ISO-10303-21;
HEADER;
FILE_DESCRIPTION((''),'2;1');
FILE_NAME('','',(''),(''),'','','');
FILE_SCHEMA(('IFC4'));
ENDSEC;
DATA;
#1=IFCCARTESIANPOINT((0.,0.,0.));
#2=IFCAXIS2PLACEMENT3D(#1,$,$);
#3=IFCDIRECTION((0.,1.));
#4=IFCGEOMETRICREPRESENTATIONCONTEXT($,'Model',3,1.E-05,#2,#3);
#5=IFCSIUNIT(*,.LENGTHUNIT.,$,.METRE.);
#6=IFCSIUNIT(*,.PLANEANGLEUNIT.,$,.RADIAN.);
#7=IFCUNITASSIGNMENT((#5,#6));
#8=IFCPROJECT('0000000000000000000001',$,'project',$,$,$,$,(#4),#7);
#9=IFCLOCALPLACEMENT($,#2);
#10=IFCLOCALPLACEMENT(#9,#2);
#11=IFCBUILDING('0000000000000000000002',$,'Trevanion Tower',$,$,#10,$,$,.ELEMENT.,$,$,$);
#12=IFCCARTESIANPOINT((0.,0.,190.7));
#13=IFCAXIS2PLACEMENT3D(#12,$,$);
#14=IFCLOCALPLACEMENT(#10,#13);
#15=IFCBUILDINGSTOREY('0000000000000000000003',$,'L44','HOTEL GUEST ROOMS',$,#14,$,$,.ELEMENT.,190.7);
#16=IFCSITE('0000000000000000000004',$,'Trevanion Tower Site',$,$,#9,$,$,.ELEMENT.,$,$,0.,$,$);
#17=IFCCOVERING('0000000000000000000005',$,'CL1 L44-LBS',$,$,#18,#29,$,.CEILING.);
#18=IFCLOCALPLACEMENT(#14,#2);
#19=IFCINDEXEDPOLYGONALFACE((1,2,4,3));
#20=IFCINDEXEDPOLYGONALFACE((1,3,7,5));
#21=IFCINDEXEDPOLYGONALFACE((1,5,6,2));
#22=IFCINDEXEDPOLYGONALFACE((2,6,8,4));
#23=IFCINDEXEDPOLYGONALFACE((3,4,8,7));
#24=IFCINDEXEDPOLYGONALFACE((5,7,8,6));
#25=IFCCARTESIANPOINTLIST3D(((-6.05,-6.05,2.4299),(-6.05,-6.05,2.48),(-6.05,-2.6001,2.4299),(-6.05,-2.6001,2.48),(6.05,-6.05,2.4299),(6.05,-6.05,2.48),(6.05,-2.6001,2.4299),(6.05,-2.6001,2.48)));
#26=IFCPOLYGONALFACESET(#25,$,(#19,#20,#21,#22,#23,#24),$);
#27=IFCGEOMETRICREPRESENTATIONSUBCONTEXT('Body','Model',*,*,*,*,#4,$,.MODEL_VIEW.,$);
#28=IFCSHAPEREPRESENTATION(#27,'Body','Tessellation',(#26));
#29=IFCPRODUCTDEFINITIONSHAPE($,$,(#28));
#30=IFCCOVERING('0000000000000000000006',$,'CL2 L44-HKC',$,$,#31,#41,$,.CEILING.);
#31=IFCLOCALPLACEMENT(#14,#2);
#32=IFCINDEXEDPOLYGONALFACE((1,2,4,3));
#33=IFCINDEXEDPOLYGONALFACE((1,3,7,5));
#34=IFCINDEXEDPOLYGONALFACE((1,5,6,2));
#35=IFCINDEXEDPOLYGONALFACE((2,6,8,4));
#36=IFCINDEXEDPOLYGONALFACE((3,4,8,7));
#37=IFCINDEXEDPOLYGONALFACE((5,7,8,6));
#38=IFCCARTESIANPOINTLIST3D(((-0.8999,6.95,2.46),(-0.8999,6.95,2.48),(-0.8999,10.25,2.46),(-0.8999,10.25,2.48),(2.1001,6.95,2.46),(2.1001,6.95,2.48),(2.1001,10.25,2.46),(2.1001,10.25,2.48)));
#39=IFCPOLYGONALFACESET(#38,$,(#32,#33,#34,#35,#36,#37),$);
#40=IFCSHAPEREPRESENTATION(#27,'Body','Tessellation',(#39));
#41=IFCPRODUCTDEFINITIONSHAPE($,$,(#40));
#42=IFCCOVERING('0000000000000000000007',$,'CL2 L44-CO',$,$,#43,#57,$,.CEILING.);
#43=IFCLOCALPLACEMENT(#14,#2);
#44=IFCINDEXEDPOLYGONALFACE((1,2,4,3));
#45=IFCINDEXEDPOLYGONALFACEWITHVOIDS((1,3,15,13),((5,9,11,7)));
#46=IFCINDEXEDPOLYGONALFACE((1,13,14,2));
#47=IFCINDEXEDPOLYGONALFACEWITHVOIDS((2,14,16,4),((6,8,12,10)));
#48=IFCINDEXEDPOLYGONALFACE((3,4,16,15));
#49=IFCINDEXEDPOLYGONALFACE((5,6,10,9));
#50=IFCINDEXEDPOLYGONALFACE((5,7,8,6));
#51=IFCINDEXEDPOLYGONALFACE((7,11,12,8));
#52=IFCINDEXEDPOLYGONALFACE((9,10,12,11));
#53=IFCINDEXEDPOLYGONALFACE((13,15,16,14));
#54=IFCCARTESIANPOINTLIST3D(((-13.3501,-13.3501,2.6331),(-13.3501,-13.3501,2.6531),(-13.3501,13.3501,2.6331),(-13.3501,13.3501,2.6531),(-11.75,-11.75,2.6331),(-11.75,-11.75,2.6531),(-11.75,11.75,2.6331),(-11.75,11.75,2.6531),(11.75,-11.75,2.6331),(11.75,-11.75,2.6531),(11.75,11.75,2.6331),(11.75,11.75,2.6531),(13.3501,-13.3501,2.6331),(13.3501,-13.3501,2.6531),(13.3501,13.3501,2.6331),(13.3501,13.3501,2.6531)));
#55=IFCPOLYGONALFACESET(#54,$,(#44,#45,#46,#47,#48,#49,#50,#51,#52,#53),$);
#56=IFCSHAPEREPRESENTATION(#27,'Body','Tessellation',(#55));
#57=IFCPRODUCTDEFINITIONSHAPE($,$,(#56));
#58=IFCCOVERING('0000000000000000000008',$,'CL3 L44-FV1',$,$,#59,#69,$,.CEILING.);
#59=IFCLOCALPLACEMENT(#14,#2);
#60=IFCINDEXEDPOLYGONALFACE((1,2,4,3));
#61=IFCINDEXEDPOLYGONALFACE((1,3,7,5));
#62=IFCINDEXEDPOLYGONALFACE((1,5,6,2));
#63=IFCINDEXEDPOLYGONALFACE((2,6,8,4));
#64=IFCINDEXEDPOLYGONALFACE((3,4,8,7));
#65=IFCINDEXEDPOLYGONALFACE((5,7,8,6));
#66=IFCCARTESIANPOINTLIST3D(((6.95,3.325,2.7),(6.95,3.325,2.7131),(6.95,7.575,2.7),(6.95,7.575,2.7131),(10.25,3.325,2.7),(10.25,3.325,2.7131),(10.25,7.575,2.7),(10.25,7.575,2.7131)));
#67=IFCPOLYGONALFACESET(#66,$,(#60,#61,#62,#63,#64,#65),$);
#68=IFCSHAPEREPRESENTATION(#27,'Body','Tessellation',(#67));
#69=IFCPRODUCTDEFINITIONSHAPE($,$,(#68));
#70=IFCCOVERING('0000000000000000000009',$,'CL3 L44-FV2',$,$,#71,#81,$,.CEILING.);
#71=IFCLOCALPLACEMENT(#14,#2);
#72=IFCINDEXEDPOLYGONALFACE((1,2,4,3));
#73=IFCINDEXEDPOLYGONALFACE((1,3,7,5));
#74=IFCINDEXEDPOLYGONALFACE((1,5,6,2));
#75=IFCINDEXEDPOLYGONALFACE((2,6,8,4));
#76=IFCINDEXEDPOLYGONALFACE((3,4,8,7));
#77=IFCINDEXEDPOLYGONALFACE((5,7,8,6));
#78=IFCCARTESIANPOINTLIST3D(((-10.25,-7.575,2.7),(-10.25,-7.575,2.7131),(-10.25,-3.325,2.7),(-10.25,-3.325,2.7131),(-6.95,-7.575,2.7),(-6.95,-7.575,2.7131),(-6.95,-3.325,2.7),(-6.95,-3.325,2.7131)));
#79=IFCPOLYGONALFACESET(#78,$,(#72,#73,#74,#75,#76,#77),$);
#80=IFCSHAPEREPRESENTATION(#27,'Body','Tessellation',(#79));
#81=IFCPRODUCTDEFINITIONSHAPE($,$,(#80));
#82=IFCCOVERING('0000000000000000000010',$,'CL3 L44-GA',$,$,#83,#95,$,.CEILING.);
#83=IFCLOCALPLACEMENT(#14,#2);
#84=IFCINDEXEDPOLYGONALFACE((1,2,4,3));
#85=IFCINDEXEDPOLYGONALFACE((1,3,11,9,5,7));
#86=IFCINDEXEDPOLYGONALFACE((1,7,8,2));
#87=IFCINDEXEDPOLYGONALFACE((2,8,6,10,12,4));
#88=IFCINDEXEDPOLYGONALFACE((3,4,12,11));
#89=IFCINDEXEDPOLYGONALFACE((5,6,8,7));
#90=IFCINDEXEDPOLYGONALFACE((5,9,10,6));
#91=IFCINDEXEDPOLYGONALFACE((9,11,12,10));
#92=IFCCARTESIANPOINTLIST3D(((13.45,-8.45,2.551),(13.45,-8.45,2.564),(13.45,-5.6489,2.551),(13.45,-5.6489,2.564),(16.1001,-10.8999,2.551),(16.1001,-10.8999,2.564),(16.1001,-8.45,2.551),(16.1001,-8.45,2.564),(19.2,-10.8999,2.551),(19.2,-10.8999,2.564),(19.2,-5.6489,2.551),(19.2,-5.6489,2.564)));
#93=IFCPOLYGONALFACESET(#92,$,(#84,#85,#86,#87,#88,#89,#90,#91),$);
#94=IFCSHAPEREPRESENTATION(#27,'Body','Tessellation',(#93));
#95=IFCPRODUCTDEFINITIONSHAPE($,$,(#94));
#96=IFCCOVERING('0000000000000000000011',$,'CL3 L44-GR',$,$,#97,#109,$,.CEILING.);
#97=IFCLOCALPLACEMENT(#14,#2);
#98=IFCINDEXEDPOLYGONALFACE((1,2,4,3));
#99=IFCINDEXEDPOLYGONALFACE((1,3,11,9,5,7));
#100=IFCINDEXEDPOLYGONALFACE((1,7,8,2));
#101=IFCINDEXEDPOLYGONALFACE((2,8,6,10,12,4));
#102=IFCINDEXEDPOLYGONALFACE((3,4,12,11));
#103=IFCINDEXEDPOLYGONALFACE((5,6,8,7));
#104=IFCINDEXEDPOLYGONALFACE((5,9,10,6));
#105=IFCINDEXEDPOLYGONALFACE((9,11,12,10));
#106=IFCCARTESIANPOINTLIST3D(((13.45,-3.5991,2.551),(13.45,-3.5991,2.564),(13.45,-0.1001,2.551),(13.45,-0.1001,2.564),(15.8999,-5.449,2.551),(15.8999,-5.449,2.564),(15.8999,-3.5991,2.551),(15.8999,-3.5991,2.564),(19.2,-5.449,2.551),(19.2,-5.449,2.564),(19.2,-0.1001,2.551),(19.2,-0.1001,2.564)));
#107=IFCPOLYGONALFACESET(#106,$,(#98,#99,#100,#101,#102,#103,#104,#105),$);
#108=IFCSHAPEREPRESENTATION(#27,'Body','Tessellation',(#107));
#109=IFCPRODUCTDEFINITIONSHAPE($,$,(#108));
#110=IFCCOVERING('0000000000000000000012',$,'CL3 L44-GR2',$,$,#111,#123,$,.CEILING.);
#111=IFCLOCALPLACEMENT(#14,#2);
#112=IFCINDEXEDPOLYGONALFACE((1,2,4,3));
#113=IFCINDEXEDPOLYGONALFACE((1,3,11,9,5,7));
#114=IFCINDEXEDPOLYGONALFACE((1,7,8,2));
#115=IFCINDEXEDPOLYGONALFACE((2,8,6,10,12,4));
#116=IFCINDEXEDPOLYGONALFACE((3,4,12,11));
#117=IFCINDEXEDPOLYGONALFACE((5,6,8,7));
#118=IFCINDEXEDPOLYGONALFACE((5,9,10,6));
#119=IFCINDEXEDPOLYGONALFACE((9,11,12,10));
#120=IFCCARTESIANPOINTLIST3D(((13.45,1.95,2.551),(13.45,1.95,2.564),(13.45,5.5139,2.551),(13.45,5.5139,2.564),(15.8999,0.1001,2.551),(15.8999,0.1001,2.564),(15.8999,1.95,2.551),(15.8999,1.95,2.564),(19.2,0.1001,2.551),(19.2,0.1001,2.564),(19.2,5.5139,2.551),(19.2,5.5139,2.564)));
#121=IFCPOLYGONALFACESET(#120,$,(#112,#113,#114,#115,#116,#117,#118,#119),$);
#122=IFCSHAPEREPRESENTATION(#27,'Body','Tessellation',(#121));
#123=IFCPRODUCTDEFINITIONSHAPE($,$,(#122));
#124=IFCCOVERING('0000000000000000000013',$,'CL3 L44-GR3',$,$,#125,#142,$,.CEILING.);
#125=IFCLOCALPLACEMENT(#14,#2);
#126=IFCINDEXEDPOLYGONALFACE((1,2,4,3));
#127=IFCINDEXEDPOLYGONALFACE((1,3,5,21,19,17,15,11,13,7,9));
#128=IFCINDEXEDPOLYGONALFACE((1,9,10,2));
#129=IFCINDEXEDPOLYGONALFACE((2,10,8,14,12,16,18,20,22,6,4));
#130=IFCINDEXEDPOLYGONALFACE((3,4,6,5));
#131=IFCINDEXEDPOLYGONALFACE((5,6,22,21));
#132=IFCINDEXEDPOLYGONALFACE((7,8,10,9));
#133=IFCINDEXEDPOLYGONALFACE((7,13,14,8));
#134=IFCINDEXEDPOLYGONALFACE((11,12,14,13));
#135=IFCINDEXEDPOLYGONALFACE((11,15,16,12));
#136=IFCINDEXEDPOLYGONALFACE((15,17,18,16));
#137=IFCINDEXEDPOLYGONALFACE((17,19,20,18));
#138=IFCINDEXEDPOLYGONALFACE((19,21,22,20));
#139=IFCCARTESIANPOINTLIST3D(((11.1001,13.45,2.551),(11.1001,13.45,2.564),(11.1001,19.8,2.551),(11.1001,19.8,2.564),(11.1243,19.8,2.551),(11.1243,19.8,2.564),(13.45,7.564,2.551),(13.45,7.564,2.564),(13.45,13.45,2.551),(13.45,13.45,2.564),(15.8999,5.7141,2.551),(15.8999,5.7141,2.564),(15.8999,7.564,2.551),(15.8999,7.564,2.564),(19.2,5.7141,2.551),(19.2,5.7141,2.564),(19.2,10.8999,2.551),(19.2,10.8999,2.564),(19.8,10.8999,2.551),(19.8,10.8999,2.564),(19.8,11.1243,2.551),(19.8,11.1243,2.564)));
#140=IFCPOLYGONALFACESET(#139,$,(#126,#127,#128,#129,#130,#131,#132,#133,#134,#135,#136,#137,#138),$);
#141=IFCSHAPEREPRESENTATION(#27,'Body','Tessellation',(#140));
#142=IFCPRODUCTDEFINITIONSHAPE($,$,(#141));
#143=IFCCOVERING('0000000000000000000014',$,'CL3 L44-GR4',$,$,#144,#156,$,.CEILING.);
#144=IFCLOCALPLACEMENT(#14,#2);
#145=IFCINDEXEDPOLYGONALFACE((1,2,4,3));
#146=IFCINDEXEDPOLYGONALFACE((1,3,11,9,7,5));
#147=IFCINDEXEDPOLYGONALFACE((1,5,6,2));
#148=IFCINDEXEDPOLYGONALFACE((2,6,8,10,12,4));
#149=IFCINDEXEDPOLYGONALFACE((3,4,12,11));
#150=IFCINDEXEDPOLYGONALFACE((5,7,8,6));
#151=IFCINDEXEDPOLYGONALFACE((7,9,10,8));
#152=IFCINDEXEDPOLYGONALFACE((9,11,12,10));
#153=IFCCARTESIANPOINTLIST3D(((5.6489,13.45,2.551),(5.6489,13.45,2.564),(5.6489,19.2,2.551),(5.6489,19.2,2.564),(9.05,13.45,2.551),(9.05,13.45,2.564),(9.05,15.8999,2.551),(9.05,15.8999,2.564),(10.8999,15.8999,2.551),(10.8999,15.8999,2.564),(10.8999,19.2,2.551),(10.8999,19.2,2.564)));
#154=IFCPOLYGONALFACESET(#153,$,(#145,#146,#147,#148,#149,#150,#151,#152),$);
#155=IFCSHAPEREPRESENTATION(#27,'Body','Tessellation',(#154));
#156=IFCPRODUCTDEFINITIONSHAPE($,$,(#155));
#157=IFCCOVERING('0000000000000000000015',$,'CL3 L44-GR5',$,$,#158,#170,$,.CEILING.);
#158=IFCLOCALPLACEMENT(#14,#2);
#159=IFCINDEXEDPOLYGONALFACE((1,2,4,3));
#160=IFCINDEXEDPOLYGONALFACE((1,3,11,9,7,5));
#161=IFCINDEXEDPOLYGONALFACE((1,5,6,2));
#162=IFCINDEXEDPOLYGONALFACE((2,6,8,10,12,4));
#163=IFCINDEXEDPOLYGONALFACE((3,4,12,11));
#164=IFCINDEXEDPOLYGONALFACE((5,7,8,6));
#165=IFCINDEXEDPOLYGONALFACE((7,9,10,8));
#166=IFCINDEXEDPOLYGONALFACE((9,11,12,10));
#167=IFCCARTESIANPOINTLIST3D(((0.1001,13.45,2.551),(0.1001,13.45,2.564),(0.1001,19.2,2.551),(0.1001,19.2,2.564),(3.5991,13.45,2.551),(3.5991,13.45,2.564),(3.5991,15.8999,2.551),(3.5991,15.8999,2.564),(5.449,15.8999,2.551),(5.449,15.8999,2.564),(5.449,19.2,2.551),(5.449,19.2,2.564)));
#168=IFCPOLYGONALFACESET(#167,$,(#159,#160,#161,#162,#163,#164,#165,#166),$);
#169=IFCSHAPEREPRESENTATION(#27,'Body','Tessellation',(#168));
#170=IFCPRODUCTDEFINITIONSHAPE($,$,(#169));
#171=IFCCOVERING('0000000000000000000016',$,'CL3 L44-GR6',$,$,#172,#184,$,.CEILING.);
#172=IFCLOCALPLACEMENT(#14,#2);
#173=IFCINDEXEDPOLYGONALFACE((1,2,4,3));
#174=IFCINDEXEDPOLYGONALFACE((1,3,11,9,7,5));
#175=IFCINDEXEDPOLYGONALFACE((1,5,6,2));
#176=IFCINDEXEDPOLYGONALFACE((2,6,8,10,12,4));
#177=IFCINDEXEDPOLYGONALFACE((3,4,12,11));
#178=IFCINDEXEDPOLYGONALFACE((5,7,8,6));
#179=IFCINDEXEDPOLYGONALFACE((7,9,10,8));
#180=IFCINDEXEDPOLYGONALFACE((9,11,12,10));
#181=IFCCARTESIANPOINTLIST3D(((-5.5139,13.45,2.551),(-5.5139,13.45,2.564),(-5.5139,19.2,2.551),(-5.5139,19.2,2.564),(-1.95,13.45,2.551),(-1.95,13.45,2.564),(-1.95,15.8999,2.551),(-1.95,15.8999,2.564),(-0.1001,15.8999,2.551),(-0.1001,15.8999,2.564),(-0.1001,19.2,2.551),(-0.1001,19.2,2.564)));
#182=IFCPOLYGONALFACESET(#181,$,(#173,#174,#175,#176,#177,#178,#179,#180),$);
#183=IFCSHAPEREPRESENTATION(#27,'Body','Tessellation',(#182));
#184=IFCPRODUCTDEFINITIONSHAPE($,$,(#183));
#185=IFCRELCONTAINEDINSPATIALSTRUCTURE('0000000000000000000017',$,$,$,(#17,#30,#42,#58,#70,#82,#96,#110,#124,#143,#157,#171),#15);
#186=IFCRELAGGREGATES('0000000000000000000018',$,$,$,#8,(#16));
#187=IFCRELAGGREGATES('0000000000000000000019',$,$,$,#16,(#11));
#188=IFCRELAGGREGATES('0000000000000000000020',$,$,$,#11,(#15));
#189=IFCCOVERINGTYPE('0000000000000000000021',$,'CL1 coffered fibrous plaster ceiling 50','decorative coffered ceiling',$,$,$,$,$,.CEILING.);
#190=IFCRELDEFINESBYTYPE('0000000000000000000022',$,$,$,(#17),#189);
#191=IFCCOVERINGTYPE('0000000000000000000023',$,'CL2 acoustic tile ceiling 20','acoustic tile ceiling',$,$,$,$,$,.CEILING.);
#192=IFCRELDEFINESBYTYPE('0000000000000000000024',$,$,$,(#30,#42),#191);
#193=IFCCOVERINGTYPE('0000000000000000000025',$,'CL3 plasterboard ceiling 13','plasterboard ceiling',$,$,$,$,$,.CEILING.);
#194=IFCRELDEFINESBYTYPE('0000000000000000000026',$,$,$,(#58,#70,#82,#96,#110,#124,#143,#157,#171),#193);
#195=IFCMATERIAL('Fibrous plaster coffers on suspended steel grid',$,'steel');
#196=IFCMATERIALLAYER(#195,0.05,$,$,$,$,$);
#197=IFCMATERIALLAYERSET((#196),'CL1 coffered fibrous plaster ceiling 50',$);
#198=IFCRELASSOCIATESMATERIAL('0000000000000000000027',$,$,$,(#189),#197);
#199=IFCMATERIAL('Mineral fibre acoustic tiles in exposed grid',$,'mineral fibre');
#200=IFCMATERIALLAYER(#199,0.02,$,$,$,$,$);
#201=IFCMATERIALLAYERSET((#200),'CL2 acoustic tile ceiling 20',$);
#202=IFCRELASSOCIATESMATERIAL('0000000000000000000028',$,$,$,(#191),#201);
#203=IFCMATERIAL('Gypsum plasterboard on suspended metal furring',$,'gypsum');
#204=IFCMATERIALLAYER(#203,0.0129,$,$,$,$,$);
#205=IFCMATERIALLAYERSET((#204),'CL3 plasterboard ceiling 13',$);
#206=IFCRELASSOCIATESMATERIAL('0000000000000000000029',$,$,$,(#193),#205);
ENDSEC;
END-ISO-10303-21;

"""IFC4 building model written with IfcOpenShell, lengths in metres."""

from ifc_helpers import new_model, si_unit, direction, frame, origin, place, context, subcontext, project, spatial, polyline, outline, extrude, material, layer, layer_set, type_object, element, save


model = new_model("IFC4")

# Units and contexts
model_context = context("Model", 3, precision=1e-05, world=origin(), true_north=direction((0.0, 1.0)))
body_context = subcontext(model_context, "Body", "Model", "MODEL_VIEW")
ifc_project = project(units=[si_unit("LENGTHUNIT", "METRE"), si_unit("PLANEANGLEUNIT", "RADIAN")], contexts=[model_context])

# Site, building, storey
site_placement = place(None, origin())
site = spatial("IfcSite", under=ifc_project, at=site_placement, Name="Trevanion Tower Site", CompositionType="ELEMENT", RefElevation=0.0)
building_placement = place(site_placement, origin())
building = spatial("IfcBuilding", under=site, at=building_placement, Name="Trevanion Tower", CompositionType="ELEMENT")
storey_placement = place(building_placement, frame((0.0, 0.0, 190.7)))
storey = spatial("IfcBuildingStorey", under=building, at=storey_placement, Name="L44", Description="HOTEL GUEST ROOMS", CompositionType="ELEMENT", Elevation=190.7)

# Coverings
ifc_material_1 = material(Name="Fibrous plaster coffers on suspended steel grid", Category="steel")
ifc_layer_1 = layer(ifc_material_1, 0.05)
ifc_layer_set_1 = layer_set([ifc_layer_1], Name="CL1 coffered fibrous plaster ceiling 50")
covering_type_1 = type_object("IfcCoveringType", Name="CL1 coffered fibrous plaster ceiling 50", Description="decorative coffered ceiling", PredefinedType="CEILING", material=ifc_layer_set_1)
covering_1_placement = place(storey_placement, frame((0.0, 0.0, 2.4299)))
element("IfcCovering", 1, at=covering_1_placement, inside=storey, type_object=covering_type_1, Name="CL1 L44-LBS", PredefinedType="CEILING", context=body_context, shape_type="SweptSolid", body=[
    extrude(outline(polyline([(6.05, -6.05), (6.05, -2.6001), (-6.05, -2.6001), (-6.05, -6.05), (6.05, -6.05)])), origin(), (0.0, 0.0, 1.0), 0.05),
])
ifc_material_2 = material(Name="Mineral fibre acoustic tiles in exposed grid", Category="mineral fibre")
ifc_layer_2 = layer(ifc_material_2, 0.02)
ifc_layer_set_2 = layer_set([ifc_layer_2], Name="CL2 acoustic tile ceiling 20")
covering_type_2 = type_object("IfcCoveringType", Name="CL2 acoustic tile ceiling 20", Description="acoustic tile ceiling", PredefinedType="CEILING", material=ifc_layer_set_2)
covering_2_placement = place(storey_placement, frame((0.0, 0.0, 2.46)))
element("IfcCovering", 2, at=covering_2_placement, inside=storey, type_object=covering_type_2, Name="CL2 L44-HKC", PredefinedType="CEILING", context=body_context, shape_type="SweptSolid", body=[
    extrude(outline(polyline([(2.1001, 6.95), (2.1001, 10.25), (-0.8999, 10.25), (-0.8999, 6.95), (2.1001, 6.95)])), origin(), (0.0, 0.0, 1.0), 0.02),
])
covering_3_placement = place(storey_placement, frame((0.0, 0.0, 2.6331)))
element("IfcCovering", 3, at=covering_3_placement, inside=storey, type_object=covering_type_2, Name="CL2 L44-CO", PredefinedType="CEILING", context=body_context, shape_type="SweptSolid", body=[
    extrude(outline(polyline([(-13.3501, -13.3501), (-13.3501, 13.3501), (13.3501, 13.3501), (13.3501, -13.3501), (-13.3501, -13.3501)]), holes=[polyline([(11.75, 11.75), (-11.75, 11.75), (-11.75, -11.75), (11.75, -11.75), (11.75, 11.75)])]), origin(), (0.0, 0.0, 1.0), 0.02),
])
ifc_material_3 = material(Name="Gypsum plasterboard on suspended metal furring", Category="gypsum")
ifc_layer_3 = layer(ifc_material_3, 0.0129)
ifc_layer_set_3 = layer_set([ifc_layer_3], Name="CL3 plasterboard ceiling 13")
covering_type_3 = type_object("IfcCoveringType", Name="CL3 plasterboard ceiling 13", Description="plasterboard ceiling", PredefinedType="CEILING", material=ifc_layer_set_3)
covering_4_placement = place(storey_placement, frame((0.0, 0.0, 2.7)))
element("IfcCovering", 4, at=covering_4_placement, inside=storey, type_object=covering_type_3, Name="CL3 L44-FV1", PredefinedType="CEILING", context=body_context, shape_type="SweptSolid", body=[
    extrude(outline(polyline([(10.25, 3.325), (10.25, 7.575), (6.95, 7.575), (6.95, 3.325), (10.25, 3.325)])), origin(), (0.0, 0.0, 1.0), 0.0132),
])
covering_5_placement = place(storey_placement, frame((0.0, 0.0, 2.7)))
element("IfcCovering", 5, at=covering_5_placement, inside=storey, type_object=covering_type_3, Name="CL3 L44-FV2", PredefinedType="CEILING", context=body_context, shape_type="SweptSolid", body=[
    extrude(outline(polyline([(-10.25, -3.325), (-10.25, -7.575), (-6.95, -7.575), (-6.95, -3.325), (-10.25, -3.325)])), origin(), (0.0, 0.0, 1.0), 0.0132),
])
covering_6_placement = place(storey_placement, frame((0.0, 0.0, 2.551)))
element("IfcCovering", 6, at=covering_6_placement, inside=storey, type_object=covering_type_3, Name="CL3 L44-GA", PredefinedType="CEILING", context=body_context, shape_type="SweptSolid", body=[
    extrude(outline(polyline([(13.45, -5.6489), (19.2, -5.6489), (19.2, -10.8999), (16.1001, -10.8999), (16.1001, -8.45), (13.45, -8.45), (13.45, -5.6489)])), origin(), (0.0, 0.0, 1.0), 0.0129),
])
covering_7_placement = place(storey_placement, frame((0.0, 0.0, 2.551)))
element("IfcCovering", 7, at=covering_7_placement, inside=storey, type_object=covering_type_3, Name="CL3 L44-GR", PredefinedType="CEILING", context=body_context, shape_type="SweptSolid", body=[
    extrude(outline(polyline([(13.45, -0.1001), (19.2, -0.1001), (19.2, -5.449), (15.8999, -5.449), (15.8999, -3.5991), (13.45, -3.5991), (13.45, -0.1001)])), origin(), (0.0, 0.0, 1.0), 0.0129),
])
covering_8_placement = place(storey_placement, frame((0.0, 0.0, 2.551)))
element("IfcCovering", 8, at=covering_8_placement, inside=storey, type_object=covering_type_3, Name="CL3 L44-GR2", PredefinedType="CEILING", context=body_context, shape_type="SweptSolid", body=[
    extrude(outline(polyline([(13.45, 5.5139), (19.2, 5.5139), (19.2, 0.1001), (15.8999, 0.1001), (15.8999, 1.95), (13.45, 1.95), (13.45, 5.5139)])), origin(), (0.0, 0.0, 1.0), 0.0129),
])
covering_9_placement = place(storey_placement, frame((0.0, 0.0, 2.551)))
element("IfcCovering", 9, at=covering_9_placement, inside=storey, type_object=covering_type_3, Name="CL3 L44-GR3", PredefinedType="CEILING", context=body_context, shape_type="SweptSolid", body=[
    extrude(outline(polyline([(11.1001, 13.45), (11.1001, 19.8), (11.1243, 19.8), (19.8, 11.1243), (19.8, 10.8999), (19.2, 10.8999), (19.2, 5.7141), (15.8999, 5.7141), (15.8999, 7.564), (13.45, 7.564), (13.45, 13.45), (11.1001, 13.45)])), origin(), (0.0, 0.0, 1.0), 0.0129),
])
covering_10_placement = place(storey_placement, frame((0.0, 0.0, 2.551)))
element("IfcCovering", 10, at=covering_10_placement, inside=storey, type_object=covering_type_3, Name="CL3 L44-GR4", PredefinedType="CEILING", context=body_context, shape_type="SweptSolid", body=[
    extrude(outline(polyline([(5.6489, 13.45), (5.6489, 19.2), (10.8999, 19.2), (10.8999, 15.8999), (9.05, 15.8999), (9.05, 13.45), (5.6489, 13.45)])), origin(), (0.0, 0.0, 1.0), 0.0129),
])
covering_11_placement = place(storey_placement, frame((0.0, 0.0, 2.551)))
element("IfcCovering", 11, at=covering_11_placement, inside=storey, type_object=covering_type_3, Name="CL3 L44-GR5", PredefinedType="CEILING", context=body_context, shape_type="SweptSolid", body=[
    extrude(outline(polyline([(0.1001, 13.45), (0.1001, 19.2), (5.449, 19.2), (5.449, 15.8999), (3.5991, 15.8999), (3.5991, 13.45), (0.1001, 13.45)])), origin(), (0.0, 0.0, 1.0), 0.0129),
])
covering_12_placement = place(storey_placement, frame((0.0, 0.0, 2.551)))
element("IfcCovering", 12, at=covering_12_placement, inside=storey, type_object=covering_type_3, Name="CL3 L44-GR6", PredefinedType="CEILING", context=body_context, shape_type="SweptSolid", body=[
    extrude(outline(polyline([(-5.5139, 13.45), (-5.5139, 19.2), (-0.1001, 19.2), (-0.1001, 15.8999), (-1.95, 15.8999), (-1.95, 13.45), (-5.5139, 13.45)])), origin(), (0.0, 0.0, 1.0), 0.0129),
])

save(model, "model.ifc")
